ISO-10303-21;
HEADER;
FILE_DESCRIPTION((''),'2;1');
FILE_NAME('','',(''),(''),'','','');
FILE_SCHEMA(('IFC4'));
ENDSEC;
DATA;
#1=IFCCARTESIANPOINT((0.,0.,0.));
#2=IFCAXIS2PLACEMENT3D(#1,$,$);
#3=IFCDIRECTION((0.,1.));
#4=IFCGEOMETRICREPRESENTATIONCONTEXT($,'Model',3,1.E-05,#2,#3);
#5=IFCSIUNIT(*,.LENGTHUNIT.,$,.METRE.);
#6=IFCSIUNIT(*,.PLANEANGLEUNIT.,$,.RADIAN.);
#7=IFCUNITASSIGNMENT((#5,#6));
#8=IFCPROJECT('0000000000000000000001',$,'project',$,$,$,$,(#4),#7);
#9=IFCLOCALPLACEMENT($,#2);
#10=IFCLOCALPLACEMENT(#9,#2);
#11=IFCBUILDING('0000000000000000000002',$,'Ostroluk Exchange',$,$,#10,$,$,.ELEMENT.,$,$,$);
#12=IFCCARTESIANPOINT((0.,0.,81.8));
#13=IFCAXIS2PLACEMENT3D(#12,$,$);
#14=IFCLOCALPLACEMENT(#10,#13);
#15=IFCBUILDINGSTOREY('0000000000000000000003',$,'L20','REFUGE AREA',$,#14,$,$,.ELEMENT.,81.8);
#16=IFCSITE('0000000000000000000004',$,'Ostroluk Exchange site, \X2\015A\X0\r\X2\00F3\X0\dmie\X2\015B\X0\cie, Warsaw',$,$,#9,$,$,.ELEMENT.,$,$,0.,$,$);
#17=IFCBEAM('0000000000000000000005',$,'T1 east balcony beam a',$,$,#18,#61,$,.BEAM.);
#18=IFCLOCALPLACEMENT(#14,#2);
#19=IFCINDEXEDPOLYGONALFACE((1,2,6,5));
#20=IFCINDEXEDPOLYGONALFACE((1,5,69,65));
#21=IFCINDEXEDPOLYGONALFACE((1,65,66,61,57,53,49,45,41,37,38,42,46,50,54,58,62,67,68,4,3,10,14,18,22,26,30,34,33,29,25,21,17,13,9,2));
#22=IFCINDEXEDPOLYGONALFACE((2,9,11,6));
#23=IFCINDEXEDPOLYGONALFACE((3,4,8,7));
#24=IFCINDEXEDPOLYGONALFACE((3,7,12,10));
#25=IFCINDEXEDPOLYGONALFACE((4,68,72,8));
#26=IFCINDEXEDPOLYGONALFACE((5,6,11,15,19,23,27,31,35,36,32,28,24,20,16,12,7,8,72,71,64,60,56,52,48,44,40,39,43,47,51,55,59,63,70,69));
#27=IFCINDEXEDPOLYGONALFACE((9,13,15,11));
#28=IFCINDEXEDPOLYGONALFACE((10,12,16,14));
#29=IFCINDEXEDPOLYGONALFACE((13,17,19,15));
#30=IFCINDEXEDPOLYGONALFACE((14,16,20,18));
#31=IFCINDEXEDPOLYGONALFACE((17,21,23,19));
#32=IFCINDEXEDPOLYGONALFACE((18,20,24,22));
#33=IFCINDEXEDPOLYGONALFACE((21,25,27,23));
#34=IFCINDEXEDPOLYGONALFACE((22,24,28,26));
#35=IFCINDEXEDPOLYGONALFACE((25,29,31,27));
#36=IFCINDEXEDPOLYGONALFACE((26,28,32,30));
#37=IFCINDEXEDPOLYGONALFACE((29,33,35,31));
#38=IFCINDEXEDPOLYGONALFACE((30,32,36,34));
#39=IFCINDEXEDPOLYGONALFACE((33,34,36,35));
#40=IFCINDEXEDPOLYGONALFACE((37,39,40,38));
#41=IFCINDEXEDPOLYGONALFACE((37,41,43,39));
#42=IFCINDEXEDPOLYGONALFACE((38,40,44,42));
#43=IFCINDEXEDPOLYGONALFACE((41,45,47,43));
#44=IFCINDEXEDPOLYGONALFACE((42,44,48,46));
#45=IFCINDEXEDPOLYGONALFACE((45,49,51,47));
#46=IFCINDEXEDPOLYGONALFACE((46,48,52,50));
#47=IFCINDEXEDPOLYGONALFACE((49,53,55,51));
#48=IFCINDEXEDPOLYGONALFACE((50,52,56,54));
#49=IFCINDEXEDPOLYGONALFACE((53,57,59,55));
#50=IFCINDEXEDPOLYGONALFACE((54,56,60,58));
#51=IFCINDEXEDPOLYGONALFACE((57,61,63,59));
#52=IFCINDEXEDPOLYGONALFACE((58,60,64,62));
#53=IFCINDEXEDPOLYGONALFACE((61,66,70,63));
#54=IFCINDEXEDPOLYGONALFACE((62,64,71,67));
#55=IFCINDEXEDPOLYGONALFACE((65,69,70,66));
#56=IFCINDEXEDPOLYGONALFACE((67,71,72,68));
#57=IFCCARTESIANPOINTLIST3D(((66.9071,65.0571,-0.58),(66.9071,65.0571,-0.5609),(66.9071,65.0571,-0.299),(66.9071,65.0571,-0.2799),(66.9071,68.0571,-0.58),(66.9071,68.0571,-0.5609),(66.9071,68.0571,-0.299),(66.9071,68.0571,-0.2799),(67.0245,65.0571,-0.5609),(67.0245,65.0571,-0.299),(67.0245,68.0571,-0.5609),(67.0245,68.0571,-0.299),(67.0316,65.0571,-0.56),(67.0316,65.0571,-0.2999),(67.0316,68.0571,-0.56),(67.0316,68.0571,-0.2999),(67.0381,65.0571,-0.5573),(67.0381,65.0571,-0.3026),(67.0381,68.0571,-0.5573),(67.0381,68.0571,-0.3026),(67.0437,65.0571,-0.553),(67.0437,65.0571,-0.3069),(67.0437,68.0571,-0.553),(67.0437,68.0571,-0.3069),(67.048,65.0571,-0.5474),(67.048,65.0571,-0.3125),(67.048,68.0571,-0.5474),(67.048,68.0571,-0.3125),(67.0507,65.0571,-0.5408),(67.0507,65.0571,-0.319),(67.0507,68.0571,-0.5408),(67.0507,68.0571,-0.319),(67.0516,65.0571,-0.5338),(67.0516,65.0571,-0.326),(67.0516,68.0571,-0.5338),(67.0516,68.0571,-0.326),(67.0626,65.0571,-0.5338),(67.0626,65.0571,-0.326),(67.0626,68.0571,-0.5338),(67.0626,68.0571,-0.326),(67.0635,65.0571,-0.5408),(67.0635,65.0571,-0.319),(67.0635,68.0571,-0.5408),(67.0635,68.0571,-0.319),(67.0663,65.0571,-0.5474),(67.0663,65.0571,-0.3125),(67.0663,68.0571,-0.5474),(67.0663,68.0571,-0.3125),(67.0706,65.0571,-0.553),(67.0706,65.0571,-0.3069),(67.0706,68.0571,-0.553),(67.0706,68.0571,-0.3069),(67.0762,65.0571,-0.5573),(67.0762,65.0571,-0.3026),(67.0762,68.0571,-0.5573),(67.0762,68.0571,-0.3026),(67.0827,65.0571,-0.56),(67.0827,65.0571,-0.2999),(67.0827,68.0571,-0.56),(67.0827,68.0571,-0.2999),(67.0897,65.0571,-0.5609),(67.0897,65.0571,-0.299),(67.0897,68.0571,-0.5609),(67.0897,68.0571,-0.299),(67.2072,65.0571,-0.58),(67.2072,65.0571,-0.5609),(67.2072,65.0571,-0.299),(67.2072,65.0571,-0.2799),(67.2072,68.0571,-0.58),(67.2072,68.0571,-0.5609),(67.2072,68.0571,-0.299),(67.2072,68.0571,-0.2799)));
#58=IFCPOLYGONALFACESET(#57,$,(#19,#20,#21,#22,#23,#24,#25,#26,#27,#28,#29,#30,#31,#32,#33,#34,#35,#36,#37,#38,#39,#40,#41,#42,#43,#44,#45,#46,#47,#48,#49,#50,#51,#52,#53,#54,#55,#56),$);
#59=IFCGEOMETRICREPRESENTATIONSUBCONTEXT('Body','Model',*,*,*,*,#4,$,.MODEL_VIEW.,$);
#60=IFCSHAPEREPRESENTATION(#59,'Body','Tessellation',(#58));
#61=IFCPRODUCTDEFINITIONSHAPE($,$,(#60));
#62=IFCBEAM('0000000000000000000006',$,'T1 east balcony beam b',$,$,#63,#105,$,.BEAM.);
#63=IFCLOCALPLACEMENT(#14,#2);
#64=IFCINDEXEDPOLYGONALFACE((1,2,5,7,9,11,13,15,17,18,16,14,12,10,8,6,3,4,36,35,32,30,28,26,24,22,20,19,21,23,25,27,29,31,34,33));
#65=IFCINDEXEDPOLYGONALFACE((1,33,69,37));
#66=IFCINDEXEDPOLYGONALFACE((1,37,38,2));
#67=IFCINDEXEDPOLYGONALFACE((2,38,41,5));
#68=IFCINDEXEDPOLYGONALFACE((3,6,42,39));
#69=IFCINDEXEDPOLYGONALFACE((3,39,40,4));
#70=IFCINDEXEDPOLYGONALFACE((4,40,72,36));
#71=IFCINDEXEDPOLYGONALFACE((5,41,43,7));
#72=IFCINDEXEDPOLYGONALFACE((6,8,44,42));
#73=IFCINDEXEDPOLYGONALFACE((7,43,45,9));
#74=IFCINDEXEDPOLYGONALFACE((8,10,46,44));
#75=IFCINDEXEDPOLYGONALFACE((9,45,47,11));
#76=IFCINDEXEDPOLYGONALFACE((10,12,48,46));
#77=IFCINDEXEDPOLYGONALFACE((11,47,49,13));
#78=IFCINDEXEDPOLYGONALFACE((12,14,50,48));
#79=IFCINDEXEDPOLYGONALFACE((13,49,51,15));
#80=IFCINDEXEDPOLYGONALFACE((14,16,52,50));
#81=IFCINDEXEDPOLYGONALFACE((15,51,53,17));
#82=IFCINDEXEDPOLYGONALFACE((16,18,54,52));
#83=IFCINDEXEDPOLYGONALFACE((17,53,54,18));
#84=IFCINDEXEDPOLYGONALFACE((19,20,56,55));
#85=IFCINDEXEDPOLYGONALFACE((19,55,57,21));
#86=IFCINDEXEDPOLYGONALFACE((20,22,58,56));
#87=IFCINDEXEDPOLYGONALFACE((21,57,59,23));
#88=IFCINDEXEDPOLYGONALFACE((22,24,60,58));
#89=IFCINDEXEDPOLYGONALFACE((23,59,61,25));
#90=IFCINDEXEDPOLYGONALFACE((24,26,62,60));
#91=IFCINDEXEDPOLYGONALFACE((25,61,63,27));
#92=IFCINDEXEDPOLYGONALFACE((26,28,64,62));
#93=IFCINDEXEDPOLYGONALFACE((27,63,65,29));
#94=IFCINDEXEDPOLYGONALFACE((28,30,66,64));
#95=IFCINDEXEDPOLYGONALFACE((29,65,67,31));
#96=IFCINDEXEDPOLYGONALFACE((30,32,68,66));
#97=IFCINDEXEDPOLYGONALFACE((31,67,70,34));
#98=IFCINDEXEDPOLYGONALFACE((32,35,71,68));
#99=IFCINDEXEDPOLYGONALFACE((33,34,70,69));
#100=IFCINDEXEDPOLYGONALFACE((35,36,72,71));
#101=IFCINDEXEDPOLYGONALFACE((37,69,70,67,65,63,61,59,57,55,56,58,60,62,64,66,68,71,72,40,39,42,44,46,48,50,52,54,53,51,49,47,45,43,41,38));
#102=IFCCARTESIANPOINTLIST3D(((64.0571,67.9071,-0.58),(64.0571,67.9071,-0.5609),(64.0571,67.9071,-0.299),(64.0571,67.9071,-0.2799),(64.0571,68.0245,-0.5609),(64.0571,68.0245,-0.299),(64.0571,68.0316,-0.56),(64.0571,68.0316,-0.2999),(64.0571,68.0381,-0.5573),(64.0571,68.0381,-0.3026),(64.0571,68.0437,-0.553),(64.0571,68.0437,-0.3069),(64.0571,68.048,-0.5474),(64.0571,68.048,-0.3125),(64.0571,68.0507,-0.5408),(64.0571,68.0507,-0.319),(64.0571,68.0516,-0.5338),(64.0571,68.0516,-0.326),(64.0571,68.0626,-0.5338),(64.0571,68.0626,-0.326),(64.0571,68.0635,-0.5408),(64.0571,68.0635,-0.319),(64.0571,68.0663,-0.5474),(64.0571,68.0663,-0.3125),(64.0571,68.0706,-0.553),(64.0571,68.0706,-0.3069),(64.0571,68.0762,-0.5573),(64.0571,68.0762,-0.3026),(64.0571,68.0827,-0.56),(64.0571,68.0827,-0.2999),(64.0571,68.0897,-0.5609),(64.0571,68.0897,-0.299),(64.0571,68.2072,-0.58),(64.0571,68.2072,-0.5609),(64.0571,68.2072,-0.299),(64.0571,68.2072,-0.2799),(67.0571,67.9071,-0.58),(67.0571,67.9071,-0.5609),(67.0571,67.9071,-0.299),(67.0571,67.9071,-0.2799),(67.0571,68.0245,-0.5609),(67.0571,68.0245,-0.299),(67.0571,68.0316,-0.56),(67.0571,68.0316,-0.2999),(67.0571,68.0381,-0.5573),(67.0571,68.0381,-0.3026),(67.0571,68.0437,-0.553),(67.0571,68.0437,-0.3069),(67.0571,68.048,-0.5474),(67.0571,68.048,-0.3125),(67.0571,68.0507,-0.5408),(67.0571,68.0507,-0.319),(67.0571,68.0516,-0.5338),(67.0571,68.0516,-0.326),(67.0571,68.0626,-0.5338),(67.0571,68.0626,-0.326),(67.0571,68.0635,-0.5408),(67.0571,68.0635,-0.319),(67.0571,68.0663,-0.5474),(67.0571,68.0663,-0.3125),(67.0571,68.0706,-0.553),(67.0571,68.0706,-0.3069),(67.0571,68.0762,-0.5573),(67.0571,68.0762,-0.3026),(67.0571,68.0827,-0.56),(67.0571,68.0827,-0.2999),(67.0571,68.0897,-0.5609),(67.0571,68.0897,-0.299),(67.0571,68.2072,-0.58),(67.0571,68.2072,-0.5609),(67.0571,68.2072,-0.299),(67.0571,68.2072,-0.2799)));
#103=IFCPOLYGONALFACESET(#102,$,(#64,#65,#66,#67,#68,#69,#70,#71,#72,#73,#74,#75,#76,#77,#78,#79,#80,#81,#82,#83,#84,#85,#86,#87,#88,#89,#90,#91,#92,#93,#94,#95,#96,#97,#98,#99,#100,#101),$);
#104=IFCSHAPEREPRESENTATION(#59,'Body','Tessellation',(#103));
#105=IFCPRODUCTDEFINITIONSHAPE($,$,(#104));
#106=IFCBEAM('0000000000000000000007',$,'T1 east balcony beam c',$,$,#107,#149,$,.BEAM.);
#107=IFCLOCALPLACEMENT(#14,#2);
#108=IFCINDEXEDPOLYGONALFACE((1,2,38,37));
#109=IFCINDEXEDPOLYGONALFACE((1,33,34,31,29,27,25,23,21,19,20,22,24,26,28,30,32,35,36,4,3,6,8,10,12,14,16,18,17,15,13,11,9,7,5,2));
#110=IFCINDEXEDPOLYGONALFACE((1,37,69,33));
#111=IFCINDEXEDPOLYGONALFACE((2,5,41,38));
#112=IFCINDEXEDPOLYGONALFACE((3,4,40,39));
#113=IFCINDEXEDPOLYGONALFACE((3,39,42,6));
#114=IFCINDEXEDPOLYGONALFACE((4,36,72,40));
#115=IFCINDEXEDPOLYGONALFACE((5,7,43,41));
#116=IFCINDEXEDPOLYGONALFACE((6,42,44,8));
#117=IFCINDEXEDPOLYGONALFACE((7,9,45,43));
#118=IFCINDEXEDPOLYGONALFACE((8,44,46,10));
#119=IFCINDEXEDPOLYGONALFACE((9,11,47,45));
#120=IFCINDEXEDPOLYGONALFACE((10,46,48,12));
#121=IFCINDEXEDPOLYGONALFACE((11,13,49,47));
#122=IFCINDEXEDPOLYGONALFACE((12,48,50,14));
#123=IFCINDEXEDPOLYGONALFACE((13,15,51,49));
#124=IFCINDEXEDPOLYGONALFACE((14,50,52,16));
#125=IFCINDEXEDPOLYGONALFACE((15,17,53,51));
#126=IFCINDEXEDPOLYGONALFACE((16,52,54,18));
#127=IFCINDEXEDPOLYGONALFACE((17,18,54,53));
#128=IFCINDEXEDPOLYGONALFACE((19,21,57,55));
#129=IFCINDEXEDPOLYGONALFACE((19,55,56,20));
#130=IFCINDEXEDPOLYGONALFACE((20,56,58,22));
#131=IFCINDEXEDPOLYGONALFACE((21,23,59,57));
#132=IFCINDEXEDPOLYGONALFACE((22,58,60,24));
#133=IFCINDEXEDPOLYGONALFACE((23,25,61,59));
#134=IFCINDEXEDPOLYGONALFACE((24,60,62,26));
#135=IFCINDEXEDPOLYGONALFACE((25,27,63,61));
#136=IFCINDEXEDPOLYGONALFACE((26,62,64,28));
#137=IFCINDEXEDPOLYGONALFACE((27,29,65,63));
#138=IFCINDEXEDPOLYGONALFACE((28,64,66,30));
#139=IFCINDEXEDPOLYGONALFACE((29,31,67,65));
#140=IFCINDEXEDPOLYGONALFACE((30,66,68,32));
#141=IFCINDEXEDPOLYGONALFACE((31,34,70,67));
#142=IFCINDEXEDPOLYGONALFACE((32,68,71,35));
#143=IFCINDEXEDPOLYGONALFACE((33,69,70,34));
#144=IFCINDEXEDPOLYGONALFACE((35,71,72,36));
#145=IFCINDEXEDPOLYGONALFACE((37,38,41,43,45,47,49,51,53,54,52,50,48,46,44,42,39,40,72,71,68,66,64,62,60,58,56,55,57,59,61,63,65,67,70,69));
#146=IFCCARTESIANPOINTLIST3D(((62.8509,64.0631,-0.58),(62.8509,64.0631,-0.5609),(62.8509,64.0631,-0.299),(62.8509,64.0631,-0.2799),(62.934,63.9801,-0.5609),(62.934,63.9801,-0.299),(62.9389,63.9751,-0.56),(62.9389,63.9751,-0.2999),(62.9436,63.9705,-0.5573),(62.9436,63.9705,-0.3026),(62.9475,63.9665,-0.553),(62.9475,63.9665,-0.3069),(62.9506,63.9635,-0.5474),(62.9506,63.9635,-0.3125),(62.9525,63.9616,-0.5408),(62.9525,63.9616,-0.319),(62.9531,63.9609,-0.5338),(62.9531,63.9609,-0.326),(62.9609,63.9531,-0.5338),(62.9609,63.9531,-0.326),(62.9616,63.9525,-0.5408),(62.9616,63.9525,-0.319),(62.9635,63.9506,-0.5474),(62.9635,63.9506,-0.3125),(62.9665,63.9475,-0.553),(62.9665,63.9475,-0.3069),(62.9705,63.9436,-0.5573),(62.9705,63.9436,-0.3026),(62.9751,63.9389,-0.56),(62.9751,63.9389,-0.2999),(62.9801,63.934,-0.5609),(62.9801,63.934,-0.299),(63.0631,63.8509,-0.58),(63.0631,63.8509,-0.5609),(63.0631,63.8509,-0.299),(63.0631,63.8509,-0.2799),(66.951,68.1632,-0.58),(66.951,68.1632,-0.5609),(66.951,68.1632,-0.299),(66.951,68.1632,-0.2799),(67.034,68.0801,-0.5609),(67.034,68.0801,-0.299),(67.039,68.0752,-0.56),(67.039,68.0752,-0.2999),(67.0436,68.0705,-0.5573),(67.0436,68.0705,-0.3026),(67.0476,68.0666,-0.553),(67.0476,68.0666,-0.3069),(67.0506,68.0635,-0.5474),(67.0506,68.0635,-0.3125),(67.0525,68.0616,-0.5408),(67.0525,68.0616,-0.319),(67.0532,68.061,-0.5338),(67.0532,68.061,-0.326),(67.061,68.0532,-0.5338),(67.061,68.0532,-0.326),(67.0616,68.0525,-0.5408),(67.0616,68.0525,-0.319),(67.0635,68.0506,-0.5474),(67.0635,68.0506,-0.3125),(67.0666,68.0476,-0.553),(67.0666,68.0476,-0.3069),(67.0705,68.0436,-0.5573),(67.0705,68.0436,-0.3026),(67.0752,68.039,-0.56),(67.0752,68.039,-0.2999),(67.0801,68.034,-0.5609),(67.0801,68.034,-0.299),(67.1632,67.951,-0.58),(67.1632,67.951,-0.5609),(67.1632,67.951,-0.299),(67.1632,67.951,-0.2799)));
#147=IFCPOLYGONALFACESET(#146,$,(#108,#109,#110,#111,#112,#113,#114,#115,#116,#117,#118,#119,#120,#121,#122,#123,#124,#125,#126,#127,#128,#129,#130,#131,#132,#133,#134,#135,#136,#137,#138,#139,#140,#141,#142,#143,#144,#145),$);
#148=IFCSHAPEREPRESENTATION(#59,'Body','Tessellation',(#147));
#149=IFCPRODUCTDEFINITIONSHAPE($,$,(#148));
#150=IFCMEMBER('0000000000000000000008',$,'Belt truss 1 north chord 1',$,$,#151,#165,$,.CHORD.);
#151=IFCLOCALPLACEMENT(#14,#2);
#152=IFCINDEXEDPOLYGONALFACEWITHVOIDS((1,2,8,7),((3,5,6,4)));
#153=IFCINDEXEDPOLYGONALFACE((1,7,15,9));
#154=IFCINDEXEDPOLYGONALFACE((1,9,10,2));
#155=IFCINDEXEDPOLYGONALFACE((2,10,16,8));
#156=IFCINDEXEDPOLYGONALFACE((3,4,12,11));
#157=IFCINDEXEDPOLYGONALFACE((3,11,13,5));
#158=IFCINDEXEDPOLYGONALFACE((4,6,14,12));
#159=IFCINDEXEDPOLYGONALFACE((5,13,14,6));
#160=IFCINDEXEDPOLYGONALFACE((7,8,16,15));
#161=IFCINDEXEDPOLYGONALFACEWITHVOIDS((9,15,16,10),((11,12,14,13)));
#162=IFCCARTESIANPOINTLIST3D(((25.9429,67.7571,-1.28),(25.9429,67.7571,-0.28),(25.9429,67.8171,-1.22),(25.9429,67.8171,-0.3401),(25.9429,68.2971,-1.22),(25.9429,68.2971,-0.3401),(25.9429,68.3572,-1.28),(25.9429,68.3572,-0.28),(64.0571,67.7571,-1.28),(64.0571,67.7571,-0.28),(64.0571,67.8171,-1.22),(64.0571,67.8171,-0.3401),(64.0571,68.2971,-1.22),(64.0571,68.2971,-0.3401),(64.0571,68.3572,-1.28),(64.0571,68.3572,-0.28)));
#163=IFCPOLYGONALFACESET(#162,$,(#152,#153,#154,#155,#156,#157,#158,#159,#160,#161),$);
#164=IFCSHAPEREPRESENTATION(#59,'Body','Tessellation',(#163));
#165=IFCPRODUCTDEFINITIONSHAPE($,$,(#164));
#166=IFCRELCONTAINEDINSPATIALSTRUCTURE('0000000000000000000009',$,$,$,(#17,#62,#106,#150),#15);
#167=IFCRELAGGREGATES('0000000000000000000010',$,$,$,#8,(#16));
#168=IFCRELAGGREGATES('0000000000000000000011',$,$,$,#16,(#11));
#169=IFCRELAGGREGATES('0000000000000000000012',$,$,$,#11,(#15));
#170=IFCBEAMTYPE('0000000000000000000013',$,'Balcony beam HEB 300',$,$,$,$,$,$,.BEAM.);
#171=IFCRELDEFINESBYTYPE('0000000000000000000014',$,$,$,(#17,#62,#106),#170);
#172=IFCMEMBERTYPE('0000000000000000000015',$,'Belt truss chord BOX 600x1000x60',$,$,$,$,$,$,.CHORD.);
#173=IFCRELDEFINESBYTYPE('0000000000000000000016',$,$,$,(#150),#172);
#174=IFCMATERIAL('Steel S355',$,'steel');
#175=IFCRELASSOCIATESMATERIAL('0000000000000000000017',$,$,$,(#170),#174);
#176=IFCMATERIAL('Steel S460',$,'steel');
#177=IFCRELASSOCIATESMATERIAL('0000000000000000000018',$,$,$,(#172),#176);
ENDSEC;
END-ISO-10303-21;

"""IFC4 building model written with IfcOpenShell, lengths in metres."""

from ifc_helpers import new_model, si_unit, direction, frame, origin, origin_2d, place, context, subcontext, project, spatial, hollow_rectangle, i_section, extrude, material, material_profile, profile_set, type_object, element, save


model = new_model("IFC4")

# Units and contexts
model_context = context("Model", 3, precision=1e-05, world=origin(), true_north=direction((0.0, 1.0)))
body_context = subcontext(model_context, "Body", "Model", "MODEL_VIEW")
ifc_project = project(units=[si_unit("LENGTHUNIT", "METRE"), si_unit("PLANEANGLEUNIT", "RADIAN")], contexts=[model_context])

# Site, building, storey
site_placement = place(None, origin())
site = spatial("IfcSite", under=ifc_project, at=site_placement, Name="Ostroluk Exchange site, Śródmieście, Warsaw", CompositionType="ELEMENT", RefElevation=0.0)
building_placement = place(site_placement, origin())
building = spatial("IfcBuilding", under=site, at=building_placement, Name="Ostroluk Exchange", CompositionType="ELEMENT")
storey_placement = place(building_placement, frame((0.0, 0.0, 81.8)))
storey = spatial("IfcBuildingStorey", under=building, at=storey_placement, Name="L20", Description="REFUGE AREA", CompositionType="ELEMENT", Elevation=81.8)

# Beams
ifc_material_1 = material(Name="Steel S355", Category="steel")
ifc_material_profile_1 = material_profile(ifc_material_1, i_section(OverallWidth=0.3, OverallDepth=0.3, WebThickness=0.011, FlangeThickness=0.019, FilletRadius=0.0271, at=origin_2d()), Name="HEB 300")
ifc_profile_set_1 = profile_set([ifc_material_profile_1], Name="Steel S355")
beam_type_1 = type_object("IfcBeamType", Name="Balcony beam HEB 300", PredefinedType="BEAM", material=ifc_profile_set_1)
for number, where, z_axis, x_axis, name in (
    (1, (67.0571, 65.0571, -0.4299), (0.0, 1.0, 0.0), (-1.0, 0.0, 0.0), "T1 east balcony beam a"),
    (2, (64.0571, 68.0571, -0.4299), (1.0, 0.0, 0.0), (0.0, 1.0, 0.0), "T1 east balcony beam b"),
):
    element("IfcBeam", number, at=place(storey_placement, frame(where, z_axis=z_axis, x_axis=x_axis)), inside=storey, type_object=beam_type_1, Name=name, PredefinedType="BEAM", context=body_context, shape_type="SweptSolid", body=[
        extrude(i_section(OverallWidth=0.3, OverallDepth=0.3, WebThickness=0.011, FlangeThickness=0.019, FilletRadius=0.0271, at=origin_2d()), origin(), (0.0, 0.0, 1.0), 3.0),
    ])
beam_placement = place(storey_placement, frame((62.957, 63.957, -0.4299), z_axis=(0.707107, 0.707107, 0.0), x_axis=(-0.707107, 0.707107, 0.0)))
element("IfcBeam", 3, at=beam_placement, inside=storey, type_object=beam_type_1, Name="T1 east balcony beam c", PredefinedType="BEAM", context=body_context, shape_type="SweptSolid", body=[
    extrude(i_section(OverallWidth=0.3, OverallDepth=0.3, WebThickness=0.011, FlangeThickness=0.019, FilletRadius=0.0271, at=origin_2d()), origin(), (0.0, 0.0, 1.0), 5.7983),
])

# Member
ifc_material_2 = material(Name="Steel S460", Category="steel")
ifc_material_profile_2 = material_profile(ifc_material_2, hollow_rectangle(XDim=0.6001, YDim=1.0, WallThickness=0.0601, at=origin_2d()), Name="BOX 600x1000x60")
ifc_profile_set_2 = profile_set([ifc_material_profile_2], Name="Steel S460")
member_type_1 = type_object("IfcMemberType", Name="Belt truss chord BOX 600x1000x60", PredefinedType="CHORD", material=ifc_profile_set_2)
member_1_placement = place(storey_placement, frame((64.0571, 68.0571, -0.78), z_axis=(-1.0, 0.0, 0.0), x_axis=(0.0, -1.0, 0.0)))
element("IfcMember", 4, at=member_1_placement, inside=storey, type_object=member_type_1, Name="Belt truss 1 north chord 1", PredefinedType="CHORD", context=body_context, shape_type="SweptSolid", body=[
    extrude(hollow_rectangle(XDim=0.6001, YDim=1.0, WallThickness=0.0601, at=origin_2d()), origin(), (0.0, 0.0, 1.0), 38.1143),
])

save(model, "model.ifc")
